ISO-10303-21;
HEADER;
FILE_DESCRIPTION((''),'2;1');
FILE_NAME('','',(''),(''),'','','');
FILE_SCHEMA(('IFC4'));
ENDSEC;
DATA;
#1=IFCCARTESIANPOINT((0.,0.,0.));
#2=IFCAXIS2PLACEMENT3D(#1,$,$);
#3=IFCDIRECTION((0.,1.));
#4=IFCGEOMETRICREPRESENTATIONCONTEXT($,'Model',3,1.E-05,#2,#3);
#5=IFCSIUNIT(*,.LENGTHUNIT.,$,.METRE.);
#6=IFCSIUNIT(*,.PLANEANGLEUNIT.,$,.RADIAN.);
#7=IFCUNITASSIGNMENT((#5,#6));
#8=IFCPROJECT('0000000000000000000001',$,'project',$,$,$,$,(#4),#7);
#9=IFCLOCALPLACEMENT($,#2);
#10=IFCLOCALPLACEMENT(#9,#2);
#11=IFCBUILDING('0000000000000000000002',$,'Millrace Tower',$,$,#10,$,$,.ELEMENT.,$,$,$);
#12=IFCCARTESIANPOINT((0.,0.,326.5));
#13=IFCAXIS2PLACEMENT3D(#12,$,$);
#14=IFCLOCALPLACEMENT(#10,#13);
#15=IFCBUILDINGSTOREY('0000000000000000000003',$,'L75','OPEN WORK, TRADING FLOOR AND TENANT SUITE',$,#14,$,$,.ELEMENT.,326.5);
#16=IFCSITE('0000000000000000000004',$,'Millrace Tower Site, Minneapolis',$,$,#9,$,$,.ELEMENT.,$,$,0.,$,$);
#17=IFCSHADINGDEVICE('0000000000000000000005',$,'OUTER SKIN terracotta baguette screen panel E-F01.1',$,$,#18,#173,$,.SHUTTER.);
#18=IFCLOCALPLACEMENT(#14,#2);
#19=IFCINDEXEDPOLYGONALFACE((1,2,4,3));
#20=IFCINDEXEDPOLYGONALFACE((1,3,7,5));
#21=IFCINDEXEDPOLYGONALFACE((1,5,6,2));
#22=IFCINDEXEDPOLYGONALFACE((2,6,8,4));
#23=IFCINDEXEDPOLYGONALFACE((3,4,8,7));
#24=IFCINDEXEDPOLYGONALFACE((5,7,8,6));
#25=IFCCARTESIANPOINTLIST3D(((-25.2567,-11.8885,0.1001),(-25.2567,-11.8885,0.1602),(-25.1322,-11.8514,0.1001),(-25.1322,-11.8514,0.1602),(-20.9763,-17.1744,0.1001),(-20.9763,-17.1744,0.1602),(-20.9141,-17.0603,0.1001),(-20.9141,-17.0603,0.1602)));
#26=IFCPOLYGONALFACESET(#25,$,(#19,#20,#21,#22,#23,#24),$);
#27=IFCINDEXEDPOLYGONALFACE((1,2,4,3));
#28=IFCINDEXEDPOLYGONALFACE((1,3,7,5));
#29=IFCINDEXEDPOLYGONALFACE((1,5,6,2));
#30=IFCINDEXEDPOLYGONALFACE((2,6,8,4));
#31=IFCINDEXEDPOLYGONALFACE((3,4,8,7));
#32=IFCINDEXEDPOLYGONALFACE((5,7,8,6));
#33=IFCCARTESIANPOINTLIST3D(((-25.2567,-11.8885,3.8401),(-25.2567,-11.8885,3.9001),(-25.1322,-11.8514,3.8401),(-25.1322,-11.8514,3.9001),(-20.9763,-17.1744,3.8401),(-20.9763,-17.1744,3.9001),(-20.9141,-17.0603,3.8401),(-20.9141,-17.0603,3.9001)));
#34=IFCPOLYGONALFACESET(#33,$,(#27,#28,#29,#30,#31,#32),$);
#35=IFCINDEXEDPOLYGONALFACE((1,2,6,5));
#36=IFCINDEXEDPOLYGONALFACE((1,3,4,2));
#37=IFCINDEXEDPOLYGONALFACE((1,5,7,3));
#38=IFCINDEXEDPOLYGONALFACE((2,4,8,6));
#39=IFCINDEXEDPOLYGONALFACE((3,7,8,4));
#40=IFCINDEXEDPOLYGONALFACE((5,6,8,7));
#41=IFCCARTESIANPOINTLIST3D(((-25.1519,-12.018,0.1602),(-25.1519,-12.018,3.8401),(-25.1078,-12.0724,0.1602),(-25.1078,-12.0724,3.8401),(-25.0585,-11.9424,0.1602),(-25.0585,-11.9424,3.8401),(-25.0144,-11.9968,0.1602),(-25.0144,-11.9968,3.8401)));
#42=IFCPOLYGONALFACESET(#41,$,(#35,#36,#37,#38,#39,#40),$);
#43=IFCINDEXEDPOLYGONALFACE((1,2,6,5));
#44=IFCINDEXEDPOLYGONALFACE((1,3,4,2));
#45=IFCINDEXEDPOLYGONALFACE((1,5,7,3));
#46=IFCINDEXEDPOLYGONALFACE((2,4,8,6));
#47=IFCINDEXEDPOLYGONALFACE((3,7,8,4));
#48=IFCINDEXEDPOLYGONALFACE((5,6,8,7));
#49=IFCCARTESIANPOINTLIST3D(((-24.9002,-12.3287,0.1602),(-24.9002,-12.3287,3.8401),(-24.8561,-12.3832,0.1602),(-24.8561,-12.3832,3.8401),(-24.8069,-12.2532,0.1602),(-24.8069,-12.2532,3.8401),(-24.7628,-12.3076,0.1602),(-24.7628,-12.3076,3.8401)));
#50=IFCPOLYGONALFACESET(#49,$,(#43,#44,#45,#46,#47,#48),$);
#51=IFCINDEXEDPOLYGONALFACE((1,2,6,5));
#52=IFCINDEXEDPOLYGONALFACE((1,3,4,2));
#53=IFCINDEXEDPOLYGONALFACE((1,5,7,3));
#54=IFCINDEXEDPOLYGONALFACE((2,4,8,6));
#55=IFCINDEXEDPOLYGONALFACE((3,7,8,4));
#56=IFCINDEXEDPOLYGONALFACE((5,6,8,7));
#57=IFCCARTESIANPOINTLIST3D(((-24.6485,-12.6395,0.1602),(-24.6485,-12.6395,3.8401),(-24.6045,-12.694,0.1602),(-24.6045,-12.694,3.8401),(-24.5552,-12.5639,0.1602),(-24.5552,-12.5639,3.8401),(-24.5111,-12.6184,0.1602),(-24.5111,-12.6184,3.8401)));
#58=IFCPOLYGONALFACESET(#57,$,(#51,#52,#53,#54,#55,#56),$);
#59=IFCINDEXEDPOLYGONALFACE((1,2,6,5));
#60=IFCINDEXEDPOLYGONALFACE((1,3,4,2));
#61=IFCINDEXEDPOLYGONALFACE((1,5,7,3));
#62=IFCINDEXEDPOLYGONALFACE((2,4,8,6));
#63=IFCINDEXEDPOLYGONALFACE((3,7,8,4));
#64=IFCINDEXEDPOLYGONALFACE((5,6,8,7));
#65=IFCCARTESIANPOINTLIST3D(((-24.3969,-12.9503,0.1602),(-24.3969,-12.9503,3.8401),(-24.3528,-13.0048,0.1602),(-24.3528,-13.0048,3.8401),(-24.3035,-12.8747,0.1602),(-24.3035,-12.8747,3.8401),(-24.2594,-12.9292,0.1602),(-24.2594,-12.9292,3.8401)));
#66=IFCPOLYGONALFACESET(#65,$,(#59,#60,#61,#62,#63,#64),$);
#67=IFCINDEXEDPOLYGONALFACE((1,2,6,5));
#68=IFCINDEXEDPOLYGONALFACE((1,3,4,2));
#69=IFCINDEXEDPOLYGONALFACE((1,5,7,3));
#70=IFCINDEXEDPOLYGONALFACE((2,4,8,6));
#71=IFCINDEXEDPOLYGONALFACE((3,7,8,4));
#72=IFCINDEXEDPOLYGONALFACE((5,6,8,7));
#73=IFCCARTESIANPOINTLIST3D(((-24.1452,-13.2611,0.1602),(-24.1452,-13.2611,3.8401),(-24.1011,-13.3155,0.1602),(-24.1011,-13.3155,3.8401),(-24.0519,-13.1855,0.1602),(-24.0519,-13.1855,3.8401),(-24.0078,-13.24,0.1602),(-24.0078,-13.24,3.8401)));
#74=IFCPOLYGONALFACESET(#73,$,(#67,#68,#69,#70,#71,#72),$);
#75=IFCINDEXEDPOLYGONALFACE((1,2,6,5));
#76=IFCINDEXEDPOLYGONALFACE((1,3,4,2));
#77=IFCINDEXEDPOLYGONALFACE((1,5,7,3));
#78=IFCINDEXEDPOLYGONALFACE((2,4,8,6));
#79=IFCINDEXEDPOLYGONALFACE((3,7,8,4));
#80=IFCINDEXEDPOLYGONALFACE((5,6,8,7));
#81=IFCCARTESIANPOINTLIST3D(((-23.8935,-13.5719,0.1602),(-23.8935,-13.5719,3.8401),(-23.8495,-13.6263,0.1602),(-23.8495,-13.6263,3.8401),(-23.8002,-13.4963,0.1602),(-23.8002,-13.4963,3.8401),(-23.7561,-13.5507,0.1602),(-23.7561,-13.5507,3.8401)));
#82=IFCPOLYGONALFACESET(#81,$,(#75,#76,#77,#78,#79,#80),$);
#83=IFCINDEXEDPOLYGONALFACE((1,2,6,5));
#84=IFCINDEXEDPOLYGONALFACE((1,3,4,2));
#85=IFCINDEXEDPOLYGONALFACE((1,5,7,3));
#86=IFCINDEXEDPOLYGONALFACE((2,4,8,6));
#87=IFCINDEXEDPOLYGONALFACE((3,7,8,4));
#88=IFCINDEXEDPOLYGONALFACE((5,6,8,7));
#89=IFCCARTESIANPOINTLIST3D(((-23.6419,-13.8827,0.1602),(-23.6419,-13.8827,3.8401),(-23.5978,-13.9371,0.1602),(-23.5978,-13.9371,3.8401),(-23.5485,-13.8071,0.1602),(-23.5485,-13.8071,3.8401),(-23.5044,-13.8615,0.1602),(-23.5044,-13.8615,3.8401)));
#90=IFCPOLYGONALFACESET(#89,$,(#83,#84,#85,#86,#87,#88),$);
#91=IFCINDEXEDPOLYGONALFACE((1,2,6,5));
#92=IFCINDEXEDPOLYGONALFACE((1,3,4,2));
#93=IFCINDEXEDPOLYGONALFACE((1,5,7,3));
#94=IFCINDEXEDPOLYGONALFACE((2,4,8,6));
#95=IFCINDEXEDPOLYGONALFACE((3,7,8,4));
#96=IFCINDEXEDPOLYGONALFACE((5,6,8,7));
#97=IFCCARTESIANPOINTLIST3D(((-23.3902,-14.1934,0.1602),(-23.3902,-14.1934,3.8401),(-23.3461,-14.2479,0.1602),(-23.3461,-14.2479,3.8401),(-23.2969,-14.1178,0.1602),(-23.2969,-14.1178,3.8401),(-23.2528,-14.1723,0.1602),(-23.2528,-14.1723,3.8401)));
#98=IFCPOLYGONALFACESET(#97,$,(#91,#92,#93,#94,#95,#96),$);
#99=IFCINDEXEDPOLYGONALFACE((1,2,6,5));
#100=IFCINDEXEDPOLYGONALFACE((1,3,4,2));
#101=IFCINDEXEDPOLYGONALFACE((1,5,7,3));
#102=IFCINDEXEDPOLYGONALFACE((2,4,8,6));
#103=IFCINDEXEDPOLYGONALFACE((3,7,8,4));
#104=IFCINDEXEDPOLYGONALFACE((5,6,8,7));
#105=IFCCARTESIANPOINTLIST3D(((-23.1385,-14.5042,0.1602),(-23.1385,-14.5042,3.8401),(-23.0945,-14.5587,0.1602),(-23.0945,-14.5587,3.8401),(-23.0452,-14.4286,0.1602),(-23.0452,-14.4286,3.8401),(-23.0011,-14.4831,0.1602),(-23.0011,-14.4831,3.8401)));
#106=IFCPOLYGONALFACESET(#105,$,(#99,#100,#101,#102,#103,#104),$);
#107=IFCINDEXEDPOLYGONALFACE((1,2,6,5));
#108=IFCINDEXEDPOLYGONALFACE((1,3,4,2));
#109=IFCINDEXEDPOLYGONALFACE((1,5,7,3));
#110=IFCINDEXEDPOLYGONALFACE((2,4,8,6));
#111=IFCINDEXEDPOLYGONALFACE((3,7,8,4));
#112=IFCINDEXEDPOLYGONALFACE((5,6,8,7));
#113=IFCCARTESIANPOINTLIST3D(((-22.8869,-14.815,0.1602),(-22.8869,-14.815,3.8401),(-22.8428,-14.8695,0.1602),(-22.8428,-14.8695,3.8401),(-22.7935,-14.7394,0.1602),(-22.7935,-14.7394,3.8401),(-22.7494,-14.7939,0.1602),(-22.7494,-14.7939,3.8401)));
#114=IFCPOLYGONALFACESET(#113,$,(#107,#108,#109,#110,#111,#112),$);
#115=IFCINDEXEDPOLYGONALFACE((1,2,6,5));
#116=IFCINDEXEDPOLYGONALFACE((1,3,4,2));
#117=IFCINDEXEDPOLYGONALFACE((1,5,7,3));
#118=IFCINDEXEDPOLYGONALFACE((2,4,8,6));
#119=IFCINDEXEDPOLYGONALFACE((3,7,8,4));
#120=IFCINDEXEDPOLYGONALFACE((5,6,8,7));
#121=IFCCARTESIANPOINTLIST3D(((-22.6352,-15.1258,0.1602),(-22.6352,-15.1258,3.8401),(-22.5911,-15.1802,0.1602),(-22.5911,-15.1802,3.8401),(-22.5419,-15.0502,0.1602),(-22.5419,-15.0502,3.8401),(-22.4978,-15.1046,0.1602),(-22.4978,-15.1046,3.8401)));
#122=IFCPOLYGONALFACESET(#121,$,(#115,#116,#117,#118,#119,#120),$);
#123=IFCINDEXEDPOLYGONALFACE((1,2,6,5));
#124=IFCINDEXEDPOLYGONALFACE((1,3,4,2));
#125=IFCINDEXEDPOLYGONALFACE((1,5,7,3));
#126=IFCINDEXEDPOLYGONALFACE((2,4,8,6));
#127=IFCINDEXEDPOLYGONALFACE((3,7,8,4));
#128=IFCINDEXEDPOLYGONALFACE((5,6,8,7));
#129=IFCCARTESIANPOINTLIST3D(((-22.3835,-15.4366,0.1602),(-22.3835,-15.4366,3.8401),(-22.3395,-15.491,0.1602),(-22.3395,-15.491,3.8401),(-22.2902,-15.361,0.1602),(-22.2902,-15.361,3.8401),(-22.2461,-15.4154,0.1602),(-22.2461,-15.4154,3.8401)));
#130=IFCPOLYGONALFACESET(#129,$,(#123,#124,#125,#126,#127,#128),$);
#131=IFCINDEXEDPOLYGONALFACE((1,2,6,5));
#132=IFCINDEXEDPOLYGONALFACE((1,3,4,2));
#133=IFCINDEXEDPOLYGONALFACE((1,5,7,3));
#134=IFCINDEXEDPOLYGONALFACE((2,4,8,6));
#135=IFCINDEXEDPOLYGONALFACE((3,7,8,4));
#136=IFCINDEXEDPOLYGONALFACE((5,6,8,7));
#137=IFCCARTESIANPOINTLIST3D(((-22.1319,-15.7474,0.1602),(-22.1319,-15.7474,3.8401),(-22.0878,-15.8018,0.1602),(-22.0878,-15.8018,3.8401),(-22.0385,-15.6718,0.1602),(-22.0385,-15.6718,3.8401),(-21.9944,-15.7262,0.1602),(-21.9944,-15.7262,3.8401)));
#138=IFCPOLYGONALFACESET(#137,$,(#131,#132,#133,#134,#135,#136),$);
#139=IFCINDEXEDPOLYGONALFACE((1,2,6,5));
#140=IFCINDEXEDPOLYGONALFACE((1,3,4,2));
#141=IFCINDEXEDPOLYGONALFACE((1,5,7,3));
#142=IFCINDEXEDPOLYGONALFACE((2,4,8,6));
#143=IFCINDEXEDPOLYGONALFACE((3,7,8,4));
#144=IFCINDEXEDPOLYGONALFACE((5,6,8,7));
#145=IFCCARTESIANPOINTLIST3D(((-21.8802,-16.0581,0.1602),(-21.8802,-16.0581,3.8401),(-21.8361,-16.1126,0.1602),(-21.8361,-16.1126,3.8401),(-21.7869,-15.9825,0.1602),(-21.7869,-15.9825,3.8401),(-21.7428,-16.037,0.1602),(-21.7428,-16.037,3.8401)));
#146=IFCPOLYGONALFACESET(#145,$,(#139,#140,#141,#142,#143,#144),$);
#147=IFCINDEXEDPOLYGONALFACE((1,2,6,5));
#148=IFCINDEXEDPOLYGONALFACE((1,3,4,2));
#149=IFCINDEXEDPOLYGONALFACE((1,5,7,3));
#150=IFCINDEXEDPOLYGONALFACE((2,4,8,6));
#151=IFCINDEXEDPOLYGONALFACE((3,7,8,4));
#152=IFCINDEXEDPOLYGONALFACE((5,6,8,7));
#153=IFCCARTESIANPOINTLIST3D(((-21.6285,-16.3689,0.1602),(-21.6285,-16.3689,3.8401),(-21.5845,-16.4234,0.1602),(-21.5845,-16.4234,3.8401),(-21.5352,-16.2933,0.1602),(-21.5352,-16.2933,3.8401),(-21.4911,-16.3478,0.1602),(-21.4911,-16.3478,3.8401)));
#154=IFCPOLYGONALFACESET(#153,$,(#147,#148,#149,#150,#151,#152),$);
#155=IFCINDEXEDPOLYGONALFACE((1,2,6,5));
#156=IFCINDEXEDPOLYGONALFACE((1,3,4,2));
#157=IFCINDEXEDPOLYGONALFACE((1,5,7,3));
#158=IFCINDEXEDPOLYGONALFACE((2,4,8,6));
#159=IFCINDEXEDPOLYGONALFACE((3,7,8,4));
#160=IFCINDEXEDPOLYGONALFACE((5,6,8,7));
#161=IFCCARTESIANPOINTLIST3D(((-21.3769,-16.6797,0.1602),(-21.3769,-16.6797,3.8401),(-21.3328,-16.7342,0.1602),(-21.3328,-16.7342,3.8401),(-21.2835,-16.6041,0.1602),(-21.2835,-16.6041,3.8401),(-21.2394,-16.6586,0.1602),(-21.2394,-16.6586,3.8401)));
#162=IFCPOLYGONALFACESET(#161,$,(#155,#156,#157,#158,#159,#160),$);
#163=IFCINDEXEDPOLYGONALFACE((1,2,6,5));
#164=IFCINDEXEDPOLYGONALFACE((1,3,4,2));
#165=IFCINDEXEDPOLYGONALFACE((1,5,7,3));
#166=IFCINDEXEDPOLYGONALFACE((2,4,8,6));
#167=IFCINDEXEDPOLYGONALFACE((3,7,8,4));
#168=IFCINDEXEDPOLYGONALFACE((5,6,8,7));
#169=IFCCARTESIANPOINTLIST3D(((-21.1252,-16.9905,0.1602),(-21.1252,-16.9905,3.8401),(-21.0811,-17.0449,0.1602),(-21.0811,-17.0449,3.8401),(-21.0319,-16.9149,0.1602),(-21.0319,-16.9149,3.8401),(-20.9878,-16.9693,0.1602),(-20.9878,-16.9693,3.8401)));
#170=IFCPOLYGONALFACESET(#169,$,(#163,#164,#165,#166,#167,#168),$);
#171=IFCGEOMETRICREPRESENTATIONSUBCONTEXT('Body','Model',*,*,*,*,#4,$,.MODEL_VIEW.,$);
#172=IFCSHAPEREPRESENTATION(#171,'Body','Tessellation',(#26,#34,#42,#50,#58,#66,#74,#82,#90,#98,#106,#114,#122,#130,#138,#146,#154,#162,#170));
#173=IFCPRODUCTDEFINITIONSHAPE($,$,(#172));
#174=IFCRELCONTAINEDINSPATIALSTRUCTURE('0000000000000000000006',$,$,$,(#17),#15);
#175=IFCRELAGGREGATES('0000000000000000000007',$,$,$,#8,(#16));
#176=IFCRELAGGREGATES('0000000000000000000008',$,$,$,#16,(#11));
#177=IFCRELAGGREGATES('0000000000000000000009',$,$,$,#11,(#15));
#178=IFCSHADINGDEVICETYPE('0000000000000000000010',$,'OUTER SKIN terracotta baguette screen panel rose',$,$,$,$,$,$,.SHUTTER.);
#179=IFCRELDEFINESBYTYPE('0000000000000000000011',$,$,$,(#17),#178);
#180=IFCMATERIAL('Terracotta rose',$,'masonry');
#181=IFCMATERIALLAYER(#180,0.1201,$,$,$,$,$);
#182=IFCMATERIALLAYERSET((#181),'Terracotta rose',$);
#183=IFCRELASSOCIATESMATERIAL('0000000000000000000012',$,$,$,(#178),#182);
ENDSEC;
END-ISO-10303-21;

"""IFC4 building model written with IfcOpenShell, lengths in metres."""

from ifc_helpers import new_model, entity, si_unit, direction, frame, frame_2d, origin, origin_2d, place, context, subcontext, project, spatial, rectangle, extrude, source, transform, mapped, material, layer, layer_set, type_object, element, save


model = new_model("IFC4")

# Units and contexts
model_context = context("Model", 3, precision=1e-05, world=origin(), true_north=direction((0.0, 1.0)))
body_context = subcontext(model_context, "Body", "Model", "MODEL_VIEW")
ifc_project = project(units=[si_unit("LENGTHUNIT", "METRE"), si_unit("PLANEANGLEUNIT", "RADIAN")], contexts=[model_context])

# Site, building, storey
site_placement = place(None, origin())
site = spatial("IfcSite", under=ifc_project, at=site_placement, Name="Millrace Tower Site, Minneapolis", CompositionType="ELEMENT", RefElevation=0.0)
building_placement = place(site_placement, origin())
building = spatial("IfcBuilding", under=site, at=building_placement, Name="Millrace Tower", CompositionType="ELEMENT")
storey_placement = place(building_placement, frame((0.0, 0.0, 326.5)))
storey = spatial("IfcBuildingStorey", under=building, at=storey_placement, Name="L75", Description="OPEN WORK, TRADING FLOOR AND TENANT SUITE", CompositionType="ELEMENT", Elevation=326.5)

# Shading device
ifc_material_1 = material(Name="Terracotta rose", Category="masonry")
ifc_layer_1 = layer(ifc_material_1, 0.1201)
ifc_layer_set_1 = layer_set([ifc_layer_1], Name="Terracotta rose")
shading_device_type = type_object("IfcShadingDeviceType", Name="OUTER SKIN terracotta baguette screen panel rose", PredefinedType="SHUTTER", material=ifc_layer_set_1)
cartesian_point_1 = entity("IfcCartesianPoint", [-3.3513, 0.0601])
shared_polyline_1 = entity("IfcPolyline", [cartesian_point_1, entity("IfcCartesianPoint", [3.3513, 0.0601]), entity("IfcCartesianPoint", [3.4009, -0.0601]), entity("IfcCartesianPoint", [-3.4009, -0.0601]), cartesian_point_1])
shared_shape_1 = source(origin(), body_context, "Body", "SweptSolid", [
    entity("IfcExtrudedAreaSolid", entity("IfcArbitraryClosedProfileDef", "AREA", None, shared_polyline_1), entity("IfcAxis2Placement3D", entity("IfcCartesianPoint", [0.0, 0.0, 0.0])), entity("IfcDirection", [0.0, 0.0, 1.0]), 0.0601),
    entity("IfcExtrudedAreaSolid", entity("IfcArbitraryClosedProfileDef", "AREA", None, shared_polyline_1), entity("IfcAxis2Placement3D", entity("IfcCartesianPoint", [0.0, 0.0, 3.74])), entity("IfcDirection", [0.0, 0.0, 1.0]), 0.0601),
    extrude(rectangle(XDim=0.0701, YDim=0.1201, at=frame_2d((-3.1992, 0.0))), frame((0.0, 0.0, 0.0601)), (0.0, 0.0, 1.0), 3.6799),
    extrude(rectangle(XDim=0.0701, YDim=0.1201, at=frame_2d((-2.7993, 0.0))), frame((0.0, 0.0, 0.0601)), (0.0, 0.0, 1.0), 3.6799),
    extrude(rectangle(XDim=0.0701, YDim=0.1201, at=frame_2d((-2.3994, 0.0))), frame((0.0, 0.0, 0.0601)), (0.0, 0.0, 1.0), 3.6799),
    extrude(rectangle(XDim=0.0701, YDim=0.1201, at=frame_2d((-1.9995, 0.0))), frame((0.0, 0.0, 0.0601)), (0.0, 0.0, 1.0), 3.6799),
    extrude(rectangle(XDim=0.0701, YDim=0.1201, at=frame_2d((-1.5996, 0.0))), frame((0.0, 0.0, 0.0601)), (0.0, 0.0, 1.0), 3.6799),
    extrude(rectangle(XDim=0.0701, YDim=0.1201, at=frame_2d((-1.1997, 0.0))), frame((0.0, 0.0, 0.0601)), (0.0, 0.0, 1.0), 3.6799),
    extrude(rectangle(XDim=0.0701, YDim=0.1201, at=frame_2d((-0.7998, 0.0))), frame((0.0, 0.0, 0.0601)), (0.0, 0.0, 1.0), 3.6799),
    extrude(rectangle(XDim=0.0701, YDim=0.1201, at=frame_2d((-0.3999, 0.0))), frame((0.0, 0.0, 0.0601)), (0.0, 0.0, 1.0), 3.6799),
    extrude(rectangle(XDim=0.0701, YDim=0.1201, at=origin_2d()), frame((0.0, 0.0, 0.0601)), (0.0, 0.0, 1.0), 3.6799),
    extrude(rectangle(XDim=0.0701, YDim=0.1201, at=frame_2d((0.3999, 0.0))), frame((0.0, 0.0, 0.0601)), (0.0, 0.0, 1.0), 3.6799),
    extrude(rectangle(XDim=0.0701, YDim=0.1201, at=frame_2d((0.7998, 0.0))), frame((0.0, 0.0, 0.0601)), (0.0, 0.0, 1.0), 3.6799),
    extrude(rectangle(XDim=0.0701, YDim=0.1201, at=frame_2d((1.1997, 0.0))), frame((0.0, 0.0, 0.0601)), (0.0, 0.0, 1.0), 3.6799),
    extrude(rectangle(XDim=0.0701, YDim=0.1201, at=frame_2d((1.5996, 0.0))), frame((0.0, 0.0, 0.0601)), (0.0, 0.0, 1.0), 3.6799),
    extrude(rectangle(XDim=0.0701, YDim=0.1201, at=frame_2d((1.9995, 0.0))), frame((0.0, 0.0, 0.0601)), (0.0, 0.0, 1.0), 3.6799),
    extrude(rectangle(XDim=0.0701, YDim=0.1201, at=frame_2d((2.3994, 0.0))), frame((0.0, 0.0, 0.0601)), (0.0, 0.0, 1.0), 3.6799),
    extrude(rectangle(XDim=0.0701, YDim=0.1201, at=frame_2d((2.7993, 0.0))), frame((0.0, 0.0, 0.0601)), (0.0, 0.0, 1.0), 3.6799),
    extrude(rectangle(XDim=0.0701, YDim=0.1201, at=frame_2d((3.1992, 0.0))), frame((0.0, 0.0, 0.0601)), (0.0, 0.0, 1.0), 3.6799),
])
shading_device_1_placement = place(storey_placement, frame((-23.0698, -14.4937, 0.1001), z_axis=(0.0, 0.0, 1.0), x_axis=(0.62932, -0.777146, 0.0)))
element("IfcShadingDevice", 1, at=shading_device_1_placement, inside=storey, type_object=shading_device_type, Name="OUTER SKIN terracotta baguette screen panel E-F01.1", PredefinedType="SHUTTER", context=body_context, shape_type="MappedRepresentation", body=[
    mapped(shared_shape_1, transform((0.0, 0.0, 0.0), scale=1.0)),
])

save(model, "model.ifc")
